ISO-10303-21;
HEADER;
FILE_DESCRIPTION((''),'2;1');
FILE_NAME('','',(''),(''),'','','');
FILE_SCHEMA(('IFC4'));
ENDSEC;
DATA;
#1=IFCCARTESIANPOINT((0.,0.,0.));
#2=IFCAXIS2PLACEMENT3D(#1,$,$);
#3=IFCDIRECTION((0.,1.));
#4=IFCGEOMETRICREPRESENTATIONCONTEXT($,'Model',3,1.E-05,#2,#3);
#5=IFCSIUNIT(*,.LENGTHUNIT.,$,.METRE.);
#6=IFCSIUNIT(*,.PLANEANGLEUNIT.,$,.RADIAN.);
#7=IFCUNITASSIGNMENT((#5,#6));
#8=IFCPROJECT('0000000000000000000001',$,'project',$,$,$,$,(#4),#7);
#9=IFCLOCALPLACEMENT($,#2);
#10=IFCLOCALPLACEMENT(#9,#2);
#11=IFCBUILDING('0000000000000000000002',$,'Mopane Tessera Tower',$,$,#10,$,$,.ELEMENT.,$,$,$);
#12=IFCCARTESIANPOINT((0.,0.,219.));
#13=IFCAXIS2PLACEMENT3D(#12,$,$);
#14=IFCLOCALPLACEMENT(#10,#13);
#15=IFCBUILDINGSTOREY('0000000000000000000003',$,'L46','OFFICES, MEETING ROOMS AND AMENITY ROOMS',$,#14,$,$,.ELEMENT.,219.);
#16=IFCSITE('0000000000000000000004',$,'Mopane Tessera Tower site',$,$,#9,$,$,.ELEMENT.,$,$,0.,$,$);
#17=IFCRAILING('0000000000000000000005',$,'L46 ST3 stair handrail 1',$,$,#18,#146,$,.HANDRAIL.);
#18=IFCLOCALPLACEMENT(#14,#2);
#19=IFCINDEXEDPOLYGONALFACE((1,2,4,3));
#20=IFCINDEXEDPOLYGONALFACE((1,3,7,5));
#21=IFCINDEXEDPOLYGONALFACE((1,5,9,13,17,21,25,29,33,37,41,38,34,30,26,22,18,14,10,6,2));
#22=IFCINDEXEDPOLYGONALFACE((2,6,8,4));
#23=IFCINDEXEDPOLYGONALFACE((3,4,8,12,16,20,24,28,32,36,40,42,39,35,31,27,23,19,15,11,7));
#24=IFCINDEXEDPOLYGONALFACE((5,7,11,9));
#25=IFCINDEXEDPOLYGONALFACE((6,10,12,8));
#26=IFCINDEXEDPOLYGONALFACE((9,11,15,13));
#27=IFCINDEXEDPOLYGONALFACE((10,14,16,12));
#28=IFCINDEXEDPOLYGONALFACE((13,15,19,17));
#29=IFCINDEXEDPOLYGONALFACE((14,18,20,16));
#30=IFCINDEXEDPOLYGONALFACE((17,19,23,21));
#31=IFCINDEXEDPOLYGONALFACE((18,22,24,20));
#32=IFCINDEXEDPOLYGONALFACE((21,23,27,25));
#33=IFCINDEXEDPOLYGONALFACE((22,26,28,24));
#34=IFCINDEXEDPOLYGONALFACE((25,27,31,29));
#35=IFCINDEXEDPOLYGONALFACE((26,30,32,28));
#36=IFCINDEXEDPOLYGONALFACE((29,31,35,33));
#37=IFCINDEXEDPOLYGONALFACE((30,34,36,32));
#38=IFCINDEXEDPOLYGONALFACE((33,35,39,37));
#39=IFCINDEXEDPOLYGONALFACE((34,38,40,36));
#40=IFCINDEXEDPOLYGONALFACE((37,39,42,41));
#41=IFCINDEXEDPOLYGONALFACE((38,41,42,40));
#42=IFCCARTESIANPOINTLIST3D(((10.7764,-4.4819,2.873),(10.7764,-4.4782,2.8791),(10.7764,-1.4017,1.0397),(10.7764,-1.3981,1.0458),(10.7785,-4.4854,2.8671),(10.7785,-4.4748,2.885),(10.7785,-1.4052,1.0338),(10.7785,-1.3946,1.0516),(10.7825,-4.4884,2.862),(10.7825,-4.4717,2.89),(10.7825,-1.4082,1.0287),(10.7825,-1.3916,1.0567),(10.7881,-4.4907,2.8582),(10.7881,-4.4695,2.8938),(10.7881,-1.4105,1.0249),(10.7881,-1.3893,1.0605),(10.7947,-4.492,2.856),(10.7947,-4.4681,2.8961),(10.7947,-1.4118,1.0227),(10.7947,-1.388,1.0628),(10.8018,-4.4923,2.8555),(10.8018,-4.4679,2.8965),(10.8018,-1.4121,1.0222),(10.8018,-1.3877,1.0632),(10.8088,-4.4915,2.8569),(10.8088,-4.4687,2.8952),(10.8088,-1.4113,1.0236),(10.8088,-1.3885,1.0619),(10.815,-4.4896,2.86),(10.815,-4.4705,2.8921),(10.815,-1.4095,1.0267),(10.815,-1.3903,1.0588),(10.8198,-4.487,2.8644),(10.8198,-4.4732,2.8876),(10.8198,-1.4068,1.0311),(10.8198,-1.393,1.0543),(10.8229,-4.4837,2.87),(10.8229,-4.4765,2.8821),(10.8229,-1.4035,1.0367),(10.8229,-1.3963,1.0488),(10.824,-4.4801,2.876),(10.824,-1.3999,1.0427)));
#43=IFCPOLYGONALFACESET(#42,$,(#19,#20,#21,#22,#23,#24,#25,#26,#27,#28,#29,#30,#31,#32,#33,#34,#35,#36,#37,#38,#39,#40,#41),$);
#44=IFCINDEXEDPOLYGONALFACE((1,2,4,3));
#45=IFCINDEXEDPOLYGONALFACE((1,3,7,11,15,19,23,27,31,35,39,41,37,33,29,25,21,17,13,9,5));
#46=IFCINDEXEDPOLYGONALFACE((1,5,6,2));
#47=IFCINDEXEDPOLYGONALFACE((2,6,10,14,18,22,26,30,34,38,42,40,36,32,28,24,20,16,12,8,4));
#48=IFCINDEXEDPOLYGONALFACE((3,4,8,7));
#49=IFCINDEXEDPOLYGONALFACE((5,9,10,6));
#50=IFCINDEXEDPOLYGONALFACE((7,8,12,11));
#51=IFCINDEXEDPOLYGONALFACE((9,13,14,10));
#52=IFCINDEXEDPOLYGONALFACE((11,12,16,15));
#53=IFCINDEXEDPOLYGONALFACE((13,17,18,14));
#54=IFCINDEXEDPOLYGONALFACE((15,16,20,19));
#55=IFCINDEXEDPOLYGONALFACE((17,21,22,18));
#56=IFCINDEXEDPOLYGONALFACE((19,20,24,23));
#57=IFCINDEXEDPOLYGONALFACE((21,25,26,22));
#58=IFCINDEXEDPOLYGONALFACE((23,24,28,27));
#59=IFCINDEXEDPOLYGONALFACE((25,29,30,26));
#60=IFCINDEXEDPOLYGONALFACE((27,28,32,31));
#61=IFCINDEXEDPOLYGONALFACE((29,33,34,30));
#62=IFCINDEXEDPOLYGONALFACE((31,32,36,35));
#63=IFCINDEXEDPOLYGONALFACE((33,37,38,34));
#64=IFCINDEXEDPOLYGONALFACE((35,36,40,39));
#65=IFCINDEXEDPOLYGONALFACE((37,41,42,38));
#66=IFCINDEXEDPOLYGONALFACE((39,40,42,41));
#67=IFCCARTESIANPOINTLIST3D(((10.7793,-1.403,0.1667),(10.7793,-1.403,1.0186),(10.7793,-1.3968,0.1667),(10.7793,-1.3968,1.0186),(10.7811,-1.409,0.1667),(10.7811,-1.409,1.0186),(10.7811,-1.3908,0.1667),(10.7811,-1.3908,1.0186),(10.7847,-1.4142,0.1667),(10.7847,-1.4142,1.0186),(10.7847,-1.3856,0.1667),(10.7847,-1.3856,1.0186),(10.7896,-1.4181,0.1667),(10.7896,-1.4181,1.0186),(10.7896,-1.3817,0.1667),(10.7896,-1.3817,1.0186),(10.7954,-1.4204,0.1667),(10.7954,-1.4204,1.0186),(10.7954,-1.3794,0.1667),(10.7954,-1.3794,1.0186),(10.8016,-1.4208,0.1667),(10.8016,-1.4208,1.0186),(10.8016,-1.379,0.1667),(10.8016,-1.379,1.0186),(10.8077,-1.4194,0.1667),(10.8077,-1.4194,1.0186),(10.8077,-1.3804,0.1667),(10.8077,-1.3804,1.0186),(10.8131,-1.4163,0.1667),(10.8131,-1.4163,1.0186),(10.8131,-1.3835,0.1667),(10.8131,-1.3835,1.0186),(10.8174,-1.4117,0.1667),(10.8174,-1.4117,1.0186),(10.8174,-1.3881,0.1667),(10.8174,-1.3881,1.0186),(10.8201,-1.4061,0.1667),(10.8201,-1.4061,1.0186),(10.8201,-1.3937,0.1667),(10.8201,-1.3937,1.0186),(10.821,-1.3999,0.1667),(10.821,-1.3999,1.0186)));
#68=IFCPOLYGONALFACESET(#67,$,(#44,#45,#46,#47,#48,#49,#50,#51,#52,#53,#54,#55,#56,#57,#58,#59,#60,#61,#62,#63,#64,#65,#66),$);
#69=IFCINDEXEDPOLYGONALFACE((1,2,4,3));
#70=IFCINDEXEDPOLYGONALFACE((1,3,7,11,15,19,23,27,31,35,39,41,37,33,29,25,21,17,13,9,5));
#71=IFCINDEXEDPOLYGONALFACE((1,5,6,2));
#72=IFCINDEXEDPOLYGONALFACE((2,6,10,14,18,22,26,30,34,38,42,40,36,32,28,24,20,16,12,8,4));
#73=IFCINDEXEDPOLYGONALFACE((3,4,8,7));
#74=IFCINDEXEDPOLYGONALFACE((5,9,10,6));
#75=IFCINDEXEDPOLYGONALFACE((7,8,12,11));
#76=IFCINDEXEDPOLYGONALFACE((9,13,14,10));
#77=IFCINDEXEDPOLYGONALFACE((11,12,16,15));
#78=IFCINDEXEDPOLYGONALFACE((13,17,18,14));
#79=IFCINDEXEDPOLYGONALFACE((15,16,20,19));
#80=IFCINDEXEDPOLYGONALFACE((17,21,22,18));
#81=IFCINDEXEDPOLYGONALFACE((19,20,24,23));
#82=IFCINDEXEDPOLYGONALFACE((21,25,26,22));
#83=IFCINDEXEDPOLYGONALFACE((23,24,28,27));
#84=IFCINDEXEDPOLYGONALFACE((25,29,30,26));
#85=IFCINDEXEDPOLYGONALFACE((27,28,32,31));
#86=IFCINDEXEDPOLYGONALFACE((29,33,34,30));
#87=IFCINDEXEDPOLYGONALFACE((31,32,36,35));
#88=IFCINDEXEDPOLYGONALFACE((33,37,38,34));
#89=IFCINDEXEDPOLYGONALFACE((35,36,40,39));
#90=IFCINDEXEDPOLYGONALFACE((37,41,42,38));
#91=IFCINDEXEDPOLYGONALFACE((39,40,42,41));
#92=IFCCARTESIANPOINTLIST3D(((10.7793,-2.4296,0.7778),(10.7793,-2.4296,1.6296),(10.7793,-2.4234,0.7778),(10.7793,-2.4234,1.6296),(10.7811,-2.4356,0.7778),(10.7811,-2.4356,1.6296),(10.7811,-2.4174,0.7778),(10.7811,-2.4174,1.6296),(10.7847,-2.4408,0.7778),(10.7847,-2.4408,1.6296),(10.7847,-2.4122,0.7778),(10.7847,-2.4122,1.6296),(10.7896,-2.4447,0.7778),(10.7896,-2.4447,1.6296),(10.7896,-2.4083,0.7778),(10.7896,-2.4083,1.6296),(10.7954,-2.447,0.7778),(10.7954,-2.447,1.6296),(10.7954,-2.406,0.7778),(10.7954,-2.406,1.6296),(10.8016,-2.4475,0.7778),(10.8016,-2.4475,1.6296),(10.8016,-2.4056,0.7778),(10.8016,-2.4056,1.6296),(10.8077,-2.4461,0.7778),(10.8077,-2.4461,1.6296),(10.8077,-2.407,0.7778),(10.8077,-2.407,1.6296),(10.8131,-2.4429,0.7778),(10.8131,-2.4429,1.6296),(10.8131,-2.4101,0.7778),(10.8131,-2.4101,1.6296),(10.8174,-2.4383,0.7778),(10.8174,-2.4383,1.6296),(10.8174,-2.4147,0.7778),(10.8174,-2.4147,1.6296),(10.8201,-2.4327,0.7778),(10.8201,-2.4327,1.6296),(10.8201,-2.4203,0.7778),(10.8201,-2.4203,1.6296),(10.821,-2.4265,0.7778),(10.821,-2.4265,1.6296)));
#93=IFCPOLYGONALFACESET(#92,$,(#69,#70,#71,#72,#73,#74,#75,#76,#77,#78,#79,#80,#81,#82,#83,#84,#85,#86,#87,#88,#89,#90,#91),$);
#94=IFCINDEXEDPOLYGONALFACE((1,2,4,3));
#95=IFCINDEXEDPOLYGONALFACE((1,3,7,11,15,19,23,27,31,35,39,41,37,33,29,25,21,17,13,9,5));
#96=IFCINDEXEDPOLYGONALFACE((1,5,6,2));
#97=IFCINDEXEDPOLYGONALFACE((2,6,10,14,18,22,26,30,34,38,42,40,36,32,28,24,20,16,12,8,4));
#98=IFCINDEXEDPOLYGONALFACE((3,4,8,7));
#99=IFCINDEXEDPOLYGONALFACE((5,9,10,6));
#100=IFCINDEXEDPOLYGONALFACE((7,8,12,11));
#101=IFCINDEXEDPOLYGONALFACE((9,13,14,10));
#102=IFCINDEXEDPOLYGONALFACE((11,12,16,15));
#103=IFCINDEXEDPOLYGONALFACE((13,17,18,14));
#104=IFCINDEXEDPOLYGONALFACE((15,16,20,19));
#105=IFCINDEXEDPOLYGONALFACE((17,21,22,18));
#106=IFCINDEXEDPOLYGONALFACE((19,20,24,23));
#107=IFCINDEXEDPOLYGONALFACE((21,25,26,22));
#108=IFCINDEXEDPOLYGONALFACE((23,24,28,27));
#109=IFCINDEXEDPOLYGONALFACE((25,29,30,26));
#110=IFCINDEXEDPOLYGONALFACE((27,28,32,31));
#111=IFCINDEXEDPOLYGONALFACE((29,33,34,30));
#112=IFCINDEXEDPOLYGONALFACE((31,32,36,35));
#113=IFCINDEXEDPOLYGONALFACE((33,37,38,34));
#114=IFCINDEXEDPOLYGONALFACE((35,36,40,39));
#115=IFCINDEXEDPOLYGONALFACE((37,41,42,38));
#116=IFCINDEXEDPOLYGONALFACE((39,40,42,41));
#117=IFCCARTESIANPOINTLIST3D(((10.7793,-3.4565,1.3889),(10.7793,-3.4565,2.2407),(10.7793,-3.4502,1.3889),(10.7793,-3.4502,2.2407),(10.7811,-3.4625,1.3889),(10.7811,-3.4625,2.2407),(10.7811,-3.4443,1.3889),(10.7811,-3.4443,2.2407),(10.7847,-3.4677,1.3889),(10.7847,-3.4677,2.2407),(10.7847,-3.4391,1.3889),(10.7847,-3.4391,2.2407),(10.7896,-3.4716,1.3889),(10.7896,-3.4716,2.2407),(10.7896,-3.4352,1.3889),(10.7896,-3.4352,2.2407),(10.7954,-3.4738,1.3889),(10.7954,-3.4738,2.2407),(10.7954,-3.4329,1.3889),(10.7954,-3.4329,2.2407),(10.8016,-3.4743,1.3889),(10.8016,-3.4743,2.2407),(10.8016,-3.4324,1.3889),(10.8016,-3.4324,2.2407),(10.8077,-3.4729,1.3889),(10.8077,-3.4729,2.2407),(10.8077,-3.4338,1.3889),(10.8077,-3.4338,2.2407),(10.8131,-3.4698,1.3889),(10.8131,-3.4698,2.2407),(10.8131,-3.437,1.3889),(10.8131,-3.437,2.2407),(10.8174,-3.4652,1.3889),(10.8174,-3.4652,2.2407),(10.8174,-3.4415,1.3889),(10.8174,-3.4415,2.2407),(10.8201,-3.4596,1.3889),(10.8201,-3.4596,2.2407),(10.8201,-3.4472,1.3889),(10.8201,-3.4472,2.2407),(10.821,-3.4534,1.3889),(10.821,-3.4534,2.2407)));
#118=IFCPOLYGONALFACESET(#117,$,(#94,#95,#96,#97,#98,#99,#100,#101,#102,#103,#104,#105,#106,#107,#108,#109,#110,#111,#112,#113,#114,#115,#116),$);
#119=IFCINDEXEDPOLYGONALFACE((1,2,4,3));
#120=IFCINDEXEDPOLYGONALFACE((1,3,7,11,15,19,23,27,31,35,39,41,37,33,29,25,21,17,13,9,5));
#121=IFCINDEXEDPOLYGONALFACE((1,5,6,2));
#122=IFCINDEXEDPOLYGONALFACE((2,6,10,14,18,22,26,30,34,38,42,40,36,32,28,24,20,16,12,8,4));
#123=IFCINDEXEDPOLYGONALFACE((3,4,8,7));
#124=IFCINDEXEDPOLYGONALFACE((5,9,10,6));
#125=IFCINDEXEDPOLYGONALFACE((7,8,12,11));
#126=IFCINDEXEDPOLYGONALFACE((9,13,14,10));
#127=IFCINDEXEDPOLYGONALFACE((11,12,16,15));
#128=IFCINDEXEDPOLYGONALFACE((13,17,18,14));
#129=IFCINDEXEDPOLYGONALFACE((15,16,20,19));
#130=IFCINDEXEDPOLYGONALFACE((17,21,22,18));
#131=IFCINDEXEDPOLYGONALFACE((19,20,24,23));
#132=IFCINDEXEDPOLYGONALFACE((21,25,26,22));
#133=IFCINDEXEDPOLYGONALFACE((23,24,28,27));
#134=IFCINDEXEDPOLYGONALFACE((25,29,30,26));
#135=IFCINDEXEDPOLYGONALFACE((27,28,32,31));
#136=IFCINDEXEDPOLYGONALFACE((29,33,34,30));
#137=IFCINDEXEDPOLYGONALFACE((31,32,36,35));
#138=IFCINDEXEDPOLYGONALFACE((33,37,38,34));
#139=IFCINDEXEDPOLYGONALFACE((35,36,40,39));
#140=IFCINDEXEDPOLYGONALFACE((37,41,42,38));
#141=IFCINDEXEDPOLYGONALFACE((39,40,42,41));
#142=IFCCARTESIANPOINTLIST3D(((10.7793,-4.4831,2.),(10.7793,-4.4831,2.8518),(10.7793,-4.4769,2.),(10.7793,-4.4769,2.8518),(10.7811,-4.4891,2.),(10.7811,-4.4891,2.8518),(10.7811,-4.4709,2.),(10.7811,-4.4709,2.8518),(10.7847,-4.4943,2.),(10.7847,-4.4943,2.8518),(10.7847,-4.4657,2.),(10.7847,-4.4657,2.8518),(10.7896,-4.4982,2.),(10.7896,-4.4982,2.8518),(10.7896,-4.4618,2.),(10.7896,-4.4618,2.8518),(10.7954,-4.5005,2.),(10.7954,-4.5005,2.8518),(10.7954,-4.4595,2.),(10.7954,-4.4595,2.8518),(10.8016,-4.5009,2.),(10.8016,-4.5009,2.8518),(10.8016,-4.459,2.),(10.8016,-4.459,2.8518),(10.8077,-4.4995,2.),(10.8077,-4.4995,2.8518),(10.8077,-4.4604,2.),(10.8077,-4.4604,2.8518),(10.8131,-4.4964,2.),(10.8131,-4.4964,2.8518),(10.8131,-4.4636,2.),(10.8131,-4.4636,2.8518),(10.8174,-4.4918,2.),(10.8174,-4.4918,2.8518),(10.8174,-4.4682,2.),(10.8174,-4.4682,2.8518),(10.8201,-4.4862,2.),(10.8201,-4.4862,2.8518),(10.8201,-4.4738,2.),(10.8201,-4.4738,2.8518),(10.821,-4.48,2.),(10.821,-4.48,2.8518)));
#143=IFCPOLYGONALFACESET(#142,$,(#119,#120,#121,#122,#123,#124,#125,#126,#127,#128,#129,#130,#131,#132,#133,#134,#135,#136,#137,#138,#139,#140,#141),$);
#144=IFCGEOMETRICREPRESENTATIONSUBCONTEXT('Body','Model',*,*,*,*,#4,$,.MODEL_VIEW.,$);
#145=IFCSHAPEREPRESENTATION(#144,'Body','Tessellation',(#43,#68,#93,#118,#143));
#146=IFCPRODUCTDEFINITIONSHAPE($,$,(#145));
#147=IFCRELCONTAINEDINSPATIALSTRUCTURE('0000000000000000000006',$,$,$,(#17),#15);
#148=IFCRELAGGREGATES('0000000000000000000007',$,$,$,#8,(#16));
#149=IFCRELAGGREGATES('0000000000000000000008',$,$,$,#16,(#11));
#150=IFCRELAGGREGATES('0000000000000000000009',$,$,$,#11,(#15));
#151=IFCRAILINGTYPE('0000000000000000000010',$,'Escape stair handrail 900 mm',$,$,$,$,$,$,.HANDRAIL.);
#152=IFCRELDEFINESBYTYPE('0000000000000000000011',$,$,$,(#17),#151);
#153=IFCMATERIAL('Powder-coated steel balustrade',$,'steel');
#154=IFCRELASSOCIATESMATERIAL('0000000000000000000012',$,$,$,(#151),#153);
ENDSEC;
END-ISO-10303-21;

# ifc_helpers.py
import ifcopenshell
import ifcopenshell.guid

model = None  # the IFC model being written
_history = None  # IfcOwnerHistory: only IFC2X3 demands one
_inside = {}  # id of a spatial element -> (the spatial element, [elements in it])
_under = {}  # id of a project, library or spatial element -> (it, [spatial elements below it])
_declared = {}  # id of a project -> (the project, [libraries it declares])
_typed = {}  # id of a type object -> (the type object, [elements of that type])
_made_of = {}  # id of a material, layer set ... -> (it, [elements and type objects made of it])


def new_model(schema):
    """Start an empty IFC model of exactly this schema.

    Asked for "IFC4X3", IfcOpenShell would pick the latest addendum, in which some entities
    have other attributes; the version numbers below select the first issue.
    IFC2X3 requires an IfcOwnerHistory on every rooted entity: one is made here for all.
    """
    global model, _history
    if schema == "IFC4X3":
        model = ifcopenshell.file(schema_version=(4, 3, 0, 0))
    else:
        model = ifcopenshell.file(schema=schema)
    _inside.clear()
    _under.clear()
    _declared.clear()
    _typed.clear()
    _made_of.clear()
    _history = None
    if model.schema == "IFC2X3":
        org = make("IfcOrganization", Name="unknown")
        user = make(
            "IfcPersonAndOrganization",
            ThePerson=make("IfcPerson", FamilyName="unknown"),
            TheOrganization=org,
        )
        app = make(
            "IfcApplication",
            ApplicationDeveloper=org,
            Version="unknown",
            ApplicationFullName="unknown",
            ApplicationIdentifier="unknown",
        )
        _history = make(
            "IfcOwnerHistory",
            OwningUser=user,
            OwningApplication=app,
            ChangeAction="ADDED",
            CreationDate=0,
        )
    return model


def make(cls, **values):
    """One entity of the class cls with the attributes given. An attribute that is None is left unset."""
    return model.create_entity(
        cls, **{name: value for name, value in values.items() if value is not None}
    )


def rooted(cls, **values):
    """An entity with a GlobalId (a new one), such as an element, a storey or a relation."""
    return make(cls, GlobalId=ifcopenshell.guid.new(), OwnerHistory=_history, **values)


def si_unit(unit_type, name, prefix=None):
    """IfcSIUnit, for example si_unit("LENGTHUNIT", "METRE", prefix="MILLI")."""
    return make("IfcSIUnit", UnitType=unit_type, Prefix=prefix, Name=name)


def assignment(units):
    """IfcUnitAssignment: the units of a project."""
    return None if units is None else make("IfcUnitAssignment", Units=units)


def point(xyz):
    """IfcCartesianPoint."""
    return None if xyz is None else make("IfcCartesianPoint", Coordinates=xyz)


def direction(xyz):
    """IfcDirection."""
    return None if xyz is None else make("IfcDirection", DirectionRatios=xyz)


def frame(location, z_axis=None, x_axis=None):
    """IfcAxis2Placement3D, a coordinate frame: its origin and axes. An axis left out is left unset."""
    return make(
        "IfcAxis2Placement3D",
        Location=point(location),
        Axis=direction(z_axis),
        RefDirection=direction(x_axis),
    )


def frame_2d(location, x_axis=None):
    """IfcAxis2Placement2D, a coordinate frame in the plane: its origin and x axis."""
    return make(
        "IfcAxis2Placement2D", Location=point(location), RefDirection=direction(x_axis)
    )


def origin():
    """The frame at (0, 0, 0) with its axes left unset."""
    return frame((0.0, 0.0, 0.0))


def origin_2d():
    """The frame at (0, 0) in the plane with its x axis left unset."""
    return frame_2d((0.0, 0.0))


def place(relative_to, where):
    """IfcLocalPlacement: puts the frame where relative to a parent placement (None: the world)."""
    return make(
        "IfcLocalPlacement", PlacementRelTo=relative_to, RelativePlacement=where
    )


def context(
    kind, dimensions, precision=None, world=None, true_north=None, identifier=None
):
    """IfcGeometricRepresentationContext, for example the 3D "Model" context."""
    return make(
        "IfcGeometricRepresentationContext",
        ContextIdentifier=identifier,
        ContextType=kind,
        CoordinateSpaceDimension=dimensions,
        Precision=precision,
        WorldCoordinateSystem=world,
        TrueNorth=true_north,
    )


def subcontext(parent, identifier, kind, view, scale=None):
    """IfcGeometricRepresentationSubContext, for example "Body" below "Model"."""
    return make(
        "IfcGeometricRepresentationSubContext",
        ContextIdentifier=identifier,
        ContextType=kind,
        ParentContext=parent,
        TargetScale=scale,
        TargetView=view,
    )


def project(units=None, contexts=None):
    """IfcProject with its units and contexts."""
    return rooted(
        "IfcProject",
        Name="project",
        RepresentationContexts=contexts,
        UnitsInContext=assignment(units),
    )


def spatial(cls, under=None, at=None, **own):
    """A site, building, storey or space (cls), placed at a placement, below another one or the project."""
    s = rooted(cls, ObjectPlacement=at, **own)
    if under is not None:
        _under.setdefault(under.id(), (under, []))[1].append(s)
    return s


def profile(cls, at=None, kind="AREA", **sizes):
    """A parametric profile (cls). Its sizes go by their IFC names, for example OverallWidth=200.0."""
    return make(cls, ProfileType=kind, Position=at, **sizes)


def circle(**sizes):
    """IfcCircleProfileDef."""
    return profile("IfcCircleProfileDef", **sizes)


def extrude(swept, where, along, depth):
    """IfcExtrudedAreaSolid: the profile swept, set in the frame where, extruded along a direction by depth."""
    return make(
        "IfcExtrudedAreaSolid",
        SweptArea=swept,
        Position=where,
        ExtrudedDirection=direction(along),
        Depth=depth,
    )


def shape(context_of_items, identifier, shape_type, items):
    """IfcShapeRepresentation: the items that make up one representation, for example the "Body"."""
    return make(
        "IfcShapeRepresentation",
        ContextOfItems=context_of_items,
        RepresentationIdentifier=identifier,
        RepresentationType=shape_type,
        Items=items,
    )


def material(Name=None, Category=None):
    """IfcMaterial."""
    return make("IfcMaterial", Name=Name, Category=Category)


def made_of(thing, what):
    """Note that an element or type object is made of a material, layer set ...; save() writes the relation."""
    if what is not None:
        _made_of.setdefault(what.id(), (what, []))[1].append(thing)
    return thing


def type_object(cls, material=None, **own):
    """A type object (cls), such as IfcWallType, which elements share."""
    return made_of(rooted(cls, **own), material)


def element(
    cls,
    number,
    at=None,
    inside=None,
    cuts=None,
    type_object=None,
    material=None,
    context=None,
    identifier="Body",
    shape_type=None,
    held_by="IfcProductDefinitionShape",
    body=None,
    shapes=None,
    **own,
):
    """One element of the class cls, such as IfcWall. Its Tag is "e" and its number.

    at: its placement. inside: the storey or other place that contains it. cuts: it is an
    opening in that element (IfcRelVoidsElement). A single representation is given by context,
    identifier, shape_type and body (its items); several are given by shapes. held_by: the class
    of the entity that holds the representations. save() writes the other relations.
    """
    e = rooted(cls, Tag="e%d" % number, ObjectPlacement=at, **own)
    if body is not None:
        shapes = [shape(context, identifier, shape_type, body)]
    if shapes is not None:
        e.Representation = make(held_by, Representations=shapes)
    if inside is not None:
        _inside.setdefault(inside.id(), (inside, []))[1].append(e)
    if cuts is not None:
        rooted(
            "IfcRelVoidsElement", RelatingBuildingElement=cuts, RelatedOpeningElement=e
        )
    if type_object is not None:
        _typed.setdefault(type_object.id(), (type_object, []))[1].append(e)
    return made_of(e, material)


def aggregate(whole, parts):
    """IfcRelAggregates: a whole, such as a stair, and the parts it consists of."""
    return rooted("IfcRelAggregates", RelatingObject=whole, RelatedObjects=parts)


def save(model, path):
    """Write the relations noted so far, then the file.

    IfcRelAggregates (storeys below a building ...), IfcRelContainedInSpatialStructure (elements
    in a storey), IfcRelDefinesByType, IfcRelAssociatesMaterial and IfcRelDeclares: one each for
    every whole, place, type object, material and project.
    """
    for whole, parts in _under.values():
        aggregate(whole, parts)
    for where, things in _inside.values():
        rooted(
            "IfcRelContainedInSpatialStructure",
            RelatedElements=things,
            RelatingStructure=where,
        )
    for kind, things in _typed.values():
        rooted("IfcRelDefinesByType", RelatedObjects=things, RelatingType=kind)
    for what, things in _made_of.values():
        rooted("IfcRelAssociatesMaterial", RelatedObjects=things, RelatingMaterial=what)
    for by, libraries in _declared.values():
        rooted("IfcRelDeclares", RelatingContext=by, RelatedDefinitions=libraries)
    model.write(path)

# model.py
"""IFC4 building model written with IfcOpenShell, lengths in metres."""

from ifc_helpers import new_model, si_unit, direction, frame, origin, origin_2d, place, context, subcontext, project, spatial, circle, extrude, material, type_object, element, save


model = new_model("IFC4")

# Units and contexts
model_context = context("Model", 3, precision=1e-05, world=origin(), true_north=direction((0.0, 1.0)))
body_context = subcontext(model_context, "Body", "Model", "MODEL_VIEW")
ifc_project = project(units=[si_unit("LENGTHUNIT", "METRE"), si_unit("PLANEANGLEUNIT", "RADIAN")], contexts=[model_context])

# Site, building, storey
site_placement = place(None, origin())
site = spatial("IfcSite", under=ifc_project, at=site_placement, Name="Mopane Tessera Tower site", CompositionType="ELEMENT", RefElevation=0.0)
building_placement = place(site_placement, origin())
building = spatial("IfcBuilding", under=site, at=building_placement, Name="Mopane Tessera Tower", CompositionType="ELEMENT")
storey_placement = place(building_placement, frame((0.0, 0.0, 219.0)))
storey = spatial("IfcBuildingStorey", under=building, at=storey_placement, Name="L46", Description="OFFICES, MEETING ROOMS AND AMENITY ROOMS", CompositionType="ELEMENT", Elevation=219.0)

# Railing
ifc_material_1 = material(Name="Powder-coated steel balustrade", Category="steel")
railing_type_1 = type_object("IfcRailingType", Name="Escape stair handrail 900 mm", PredefinedType="HANDRAIL", material=ifc_material_1)
railing_1_placement = place(storey_placement, frame((10.8, -1.3999, 0.1667)))
element("IfcRailing", 1, at=railing_1_placement, inside=storey, type_object=railing_type_1, Name="L46 ST3 stair handrail 1", PredefinedType="HANDRAIL", context=body_context, shape_type="SweptSolid", body=[
    extrude(circle(Radius=0.0239, at=origin_2d()), frame((0.0, 0.0, 0.876), z_axis=(0.0, -0.859309, 0.511458), x_axis=(1.0, 0.0, 0.0)), (0.0, 0.0, 1.0), 3.5845),
    extrude(circle(Radius=0.021, at=origin_2d()), origin(), (0.0, 0.0, 1.0), 0.8518),
    extrude(circle(Radius=0.021, at=origin_2d()), frame((0.0, -1.0266, 0.6111)), (0.0, 0.0, 1.0), 0.8518),
    extrude(circle(Radius=0.021, at=origin_2d()), frame((0.0, -2.0535, 1.2222)), (0.0, 0.0, 1.0), 0.8518),
    extrude(circle(Radius=0.021, at=origin_2d()), frame((0.0, -3.0801, 1.8333)), (0.0, 0.0, 1.0), 0.8518),
])

save(model, "model.ifc")
